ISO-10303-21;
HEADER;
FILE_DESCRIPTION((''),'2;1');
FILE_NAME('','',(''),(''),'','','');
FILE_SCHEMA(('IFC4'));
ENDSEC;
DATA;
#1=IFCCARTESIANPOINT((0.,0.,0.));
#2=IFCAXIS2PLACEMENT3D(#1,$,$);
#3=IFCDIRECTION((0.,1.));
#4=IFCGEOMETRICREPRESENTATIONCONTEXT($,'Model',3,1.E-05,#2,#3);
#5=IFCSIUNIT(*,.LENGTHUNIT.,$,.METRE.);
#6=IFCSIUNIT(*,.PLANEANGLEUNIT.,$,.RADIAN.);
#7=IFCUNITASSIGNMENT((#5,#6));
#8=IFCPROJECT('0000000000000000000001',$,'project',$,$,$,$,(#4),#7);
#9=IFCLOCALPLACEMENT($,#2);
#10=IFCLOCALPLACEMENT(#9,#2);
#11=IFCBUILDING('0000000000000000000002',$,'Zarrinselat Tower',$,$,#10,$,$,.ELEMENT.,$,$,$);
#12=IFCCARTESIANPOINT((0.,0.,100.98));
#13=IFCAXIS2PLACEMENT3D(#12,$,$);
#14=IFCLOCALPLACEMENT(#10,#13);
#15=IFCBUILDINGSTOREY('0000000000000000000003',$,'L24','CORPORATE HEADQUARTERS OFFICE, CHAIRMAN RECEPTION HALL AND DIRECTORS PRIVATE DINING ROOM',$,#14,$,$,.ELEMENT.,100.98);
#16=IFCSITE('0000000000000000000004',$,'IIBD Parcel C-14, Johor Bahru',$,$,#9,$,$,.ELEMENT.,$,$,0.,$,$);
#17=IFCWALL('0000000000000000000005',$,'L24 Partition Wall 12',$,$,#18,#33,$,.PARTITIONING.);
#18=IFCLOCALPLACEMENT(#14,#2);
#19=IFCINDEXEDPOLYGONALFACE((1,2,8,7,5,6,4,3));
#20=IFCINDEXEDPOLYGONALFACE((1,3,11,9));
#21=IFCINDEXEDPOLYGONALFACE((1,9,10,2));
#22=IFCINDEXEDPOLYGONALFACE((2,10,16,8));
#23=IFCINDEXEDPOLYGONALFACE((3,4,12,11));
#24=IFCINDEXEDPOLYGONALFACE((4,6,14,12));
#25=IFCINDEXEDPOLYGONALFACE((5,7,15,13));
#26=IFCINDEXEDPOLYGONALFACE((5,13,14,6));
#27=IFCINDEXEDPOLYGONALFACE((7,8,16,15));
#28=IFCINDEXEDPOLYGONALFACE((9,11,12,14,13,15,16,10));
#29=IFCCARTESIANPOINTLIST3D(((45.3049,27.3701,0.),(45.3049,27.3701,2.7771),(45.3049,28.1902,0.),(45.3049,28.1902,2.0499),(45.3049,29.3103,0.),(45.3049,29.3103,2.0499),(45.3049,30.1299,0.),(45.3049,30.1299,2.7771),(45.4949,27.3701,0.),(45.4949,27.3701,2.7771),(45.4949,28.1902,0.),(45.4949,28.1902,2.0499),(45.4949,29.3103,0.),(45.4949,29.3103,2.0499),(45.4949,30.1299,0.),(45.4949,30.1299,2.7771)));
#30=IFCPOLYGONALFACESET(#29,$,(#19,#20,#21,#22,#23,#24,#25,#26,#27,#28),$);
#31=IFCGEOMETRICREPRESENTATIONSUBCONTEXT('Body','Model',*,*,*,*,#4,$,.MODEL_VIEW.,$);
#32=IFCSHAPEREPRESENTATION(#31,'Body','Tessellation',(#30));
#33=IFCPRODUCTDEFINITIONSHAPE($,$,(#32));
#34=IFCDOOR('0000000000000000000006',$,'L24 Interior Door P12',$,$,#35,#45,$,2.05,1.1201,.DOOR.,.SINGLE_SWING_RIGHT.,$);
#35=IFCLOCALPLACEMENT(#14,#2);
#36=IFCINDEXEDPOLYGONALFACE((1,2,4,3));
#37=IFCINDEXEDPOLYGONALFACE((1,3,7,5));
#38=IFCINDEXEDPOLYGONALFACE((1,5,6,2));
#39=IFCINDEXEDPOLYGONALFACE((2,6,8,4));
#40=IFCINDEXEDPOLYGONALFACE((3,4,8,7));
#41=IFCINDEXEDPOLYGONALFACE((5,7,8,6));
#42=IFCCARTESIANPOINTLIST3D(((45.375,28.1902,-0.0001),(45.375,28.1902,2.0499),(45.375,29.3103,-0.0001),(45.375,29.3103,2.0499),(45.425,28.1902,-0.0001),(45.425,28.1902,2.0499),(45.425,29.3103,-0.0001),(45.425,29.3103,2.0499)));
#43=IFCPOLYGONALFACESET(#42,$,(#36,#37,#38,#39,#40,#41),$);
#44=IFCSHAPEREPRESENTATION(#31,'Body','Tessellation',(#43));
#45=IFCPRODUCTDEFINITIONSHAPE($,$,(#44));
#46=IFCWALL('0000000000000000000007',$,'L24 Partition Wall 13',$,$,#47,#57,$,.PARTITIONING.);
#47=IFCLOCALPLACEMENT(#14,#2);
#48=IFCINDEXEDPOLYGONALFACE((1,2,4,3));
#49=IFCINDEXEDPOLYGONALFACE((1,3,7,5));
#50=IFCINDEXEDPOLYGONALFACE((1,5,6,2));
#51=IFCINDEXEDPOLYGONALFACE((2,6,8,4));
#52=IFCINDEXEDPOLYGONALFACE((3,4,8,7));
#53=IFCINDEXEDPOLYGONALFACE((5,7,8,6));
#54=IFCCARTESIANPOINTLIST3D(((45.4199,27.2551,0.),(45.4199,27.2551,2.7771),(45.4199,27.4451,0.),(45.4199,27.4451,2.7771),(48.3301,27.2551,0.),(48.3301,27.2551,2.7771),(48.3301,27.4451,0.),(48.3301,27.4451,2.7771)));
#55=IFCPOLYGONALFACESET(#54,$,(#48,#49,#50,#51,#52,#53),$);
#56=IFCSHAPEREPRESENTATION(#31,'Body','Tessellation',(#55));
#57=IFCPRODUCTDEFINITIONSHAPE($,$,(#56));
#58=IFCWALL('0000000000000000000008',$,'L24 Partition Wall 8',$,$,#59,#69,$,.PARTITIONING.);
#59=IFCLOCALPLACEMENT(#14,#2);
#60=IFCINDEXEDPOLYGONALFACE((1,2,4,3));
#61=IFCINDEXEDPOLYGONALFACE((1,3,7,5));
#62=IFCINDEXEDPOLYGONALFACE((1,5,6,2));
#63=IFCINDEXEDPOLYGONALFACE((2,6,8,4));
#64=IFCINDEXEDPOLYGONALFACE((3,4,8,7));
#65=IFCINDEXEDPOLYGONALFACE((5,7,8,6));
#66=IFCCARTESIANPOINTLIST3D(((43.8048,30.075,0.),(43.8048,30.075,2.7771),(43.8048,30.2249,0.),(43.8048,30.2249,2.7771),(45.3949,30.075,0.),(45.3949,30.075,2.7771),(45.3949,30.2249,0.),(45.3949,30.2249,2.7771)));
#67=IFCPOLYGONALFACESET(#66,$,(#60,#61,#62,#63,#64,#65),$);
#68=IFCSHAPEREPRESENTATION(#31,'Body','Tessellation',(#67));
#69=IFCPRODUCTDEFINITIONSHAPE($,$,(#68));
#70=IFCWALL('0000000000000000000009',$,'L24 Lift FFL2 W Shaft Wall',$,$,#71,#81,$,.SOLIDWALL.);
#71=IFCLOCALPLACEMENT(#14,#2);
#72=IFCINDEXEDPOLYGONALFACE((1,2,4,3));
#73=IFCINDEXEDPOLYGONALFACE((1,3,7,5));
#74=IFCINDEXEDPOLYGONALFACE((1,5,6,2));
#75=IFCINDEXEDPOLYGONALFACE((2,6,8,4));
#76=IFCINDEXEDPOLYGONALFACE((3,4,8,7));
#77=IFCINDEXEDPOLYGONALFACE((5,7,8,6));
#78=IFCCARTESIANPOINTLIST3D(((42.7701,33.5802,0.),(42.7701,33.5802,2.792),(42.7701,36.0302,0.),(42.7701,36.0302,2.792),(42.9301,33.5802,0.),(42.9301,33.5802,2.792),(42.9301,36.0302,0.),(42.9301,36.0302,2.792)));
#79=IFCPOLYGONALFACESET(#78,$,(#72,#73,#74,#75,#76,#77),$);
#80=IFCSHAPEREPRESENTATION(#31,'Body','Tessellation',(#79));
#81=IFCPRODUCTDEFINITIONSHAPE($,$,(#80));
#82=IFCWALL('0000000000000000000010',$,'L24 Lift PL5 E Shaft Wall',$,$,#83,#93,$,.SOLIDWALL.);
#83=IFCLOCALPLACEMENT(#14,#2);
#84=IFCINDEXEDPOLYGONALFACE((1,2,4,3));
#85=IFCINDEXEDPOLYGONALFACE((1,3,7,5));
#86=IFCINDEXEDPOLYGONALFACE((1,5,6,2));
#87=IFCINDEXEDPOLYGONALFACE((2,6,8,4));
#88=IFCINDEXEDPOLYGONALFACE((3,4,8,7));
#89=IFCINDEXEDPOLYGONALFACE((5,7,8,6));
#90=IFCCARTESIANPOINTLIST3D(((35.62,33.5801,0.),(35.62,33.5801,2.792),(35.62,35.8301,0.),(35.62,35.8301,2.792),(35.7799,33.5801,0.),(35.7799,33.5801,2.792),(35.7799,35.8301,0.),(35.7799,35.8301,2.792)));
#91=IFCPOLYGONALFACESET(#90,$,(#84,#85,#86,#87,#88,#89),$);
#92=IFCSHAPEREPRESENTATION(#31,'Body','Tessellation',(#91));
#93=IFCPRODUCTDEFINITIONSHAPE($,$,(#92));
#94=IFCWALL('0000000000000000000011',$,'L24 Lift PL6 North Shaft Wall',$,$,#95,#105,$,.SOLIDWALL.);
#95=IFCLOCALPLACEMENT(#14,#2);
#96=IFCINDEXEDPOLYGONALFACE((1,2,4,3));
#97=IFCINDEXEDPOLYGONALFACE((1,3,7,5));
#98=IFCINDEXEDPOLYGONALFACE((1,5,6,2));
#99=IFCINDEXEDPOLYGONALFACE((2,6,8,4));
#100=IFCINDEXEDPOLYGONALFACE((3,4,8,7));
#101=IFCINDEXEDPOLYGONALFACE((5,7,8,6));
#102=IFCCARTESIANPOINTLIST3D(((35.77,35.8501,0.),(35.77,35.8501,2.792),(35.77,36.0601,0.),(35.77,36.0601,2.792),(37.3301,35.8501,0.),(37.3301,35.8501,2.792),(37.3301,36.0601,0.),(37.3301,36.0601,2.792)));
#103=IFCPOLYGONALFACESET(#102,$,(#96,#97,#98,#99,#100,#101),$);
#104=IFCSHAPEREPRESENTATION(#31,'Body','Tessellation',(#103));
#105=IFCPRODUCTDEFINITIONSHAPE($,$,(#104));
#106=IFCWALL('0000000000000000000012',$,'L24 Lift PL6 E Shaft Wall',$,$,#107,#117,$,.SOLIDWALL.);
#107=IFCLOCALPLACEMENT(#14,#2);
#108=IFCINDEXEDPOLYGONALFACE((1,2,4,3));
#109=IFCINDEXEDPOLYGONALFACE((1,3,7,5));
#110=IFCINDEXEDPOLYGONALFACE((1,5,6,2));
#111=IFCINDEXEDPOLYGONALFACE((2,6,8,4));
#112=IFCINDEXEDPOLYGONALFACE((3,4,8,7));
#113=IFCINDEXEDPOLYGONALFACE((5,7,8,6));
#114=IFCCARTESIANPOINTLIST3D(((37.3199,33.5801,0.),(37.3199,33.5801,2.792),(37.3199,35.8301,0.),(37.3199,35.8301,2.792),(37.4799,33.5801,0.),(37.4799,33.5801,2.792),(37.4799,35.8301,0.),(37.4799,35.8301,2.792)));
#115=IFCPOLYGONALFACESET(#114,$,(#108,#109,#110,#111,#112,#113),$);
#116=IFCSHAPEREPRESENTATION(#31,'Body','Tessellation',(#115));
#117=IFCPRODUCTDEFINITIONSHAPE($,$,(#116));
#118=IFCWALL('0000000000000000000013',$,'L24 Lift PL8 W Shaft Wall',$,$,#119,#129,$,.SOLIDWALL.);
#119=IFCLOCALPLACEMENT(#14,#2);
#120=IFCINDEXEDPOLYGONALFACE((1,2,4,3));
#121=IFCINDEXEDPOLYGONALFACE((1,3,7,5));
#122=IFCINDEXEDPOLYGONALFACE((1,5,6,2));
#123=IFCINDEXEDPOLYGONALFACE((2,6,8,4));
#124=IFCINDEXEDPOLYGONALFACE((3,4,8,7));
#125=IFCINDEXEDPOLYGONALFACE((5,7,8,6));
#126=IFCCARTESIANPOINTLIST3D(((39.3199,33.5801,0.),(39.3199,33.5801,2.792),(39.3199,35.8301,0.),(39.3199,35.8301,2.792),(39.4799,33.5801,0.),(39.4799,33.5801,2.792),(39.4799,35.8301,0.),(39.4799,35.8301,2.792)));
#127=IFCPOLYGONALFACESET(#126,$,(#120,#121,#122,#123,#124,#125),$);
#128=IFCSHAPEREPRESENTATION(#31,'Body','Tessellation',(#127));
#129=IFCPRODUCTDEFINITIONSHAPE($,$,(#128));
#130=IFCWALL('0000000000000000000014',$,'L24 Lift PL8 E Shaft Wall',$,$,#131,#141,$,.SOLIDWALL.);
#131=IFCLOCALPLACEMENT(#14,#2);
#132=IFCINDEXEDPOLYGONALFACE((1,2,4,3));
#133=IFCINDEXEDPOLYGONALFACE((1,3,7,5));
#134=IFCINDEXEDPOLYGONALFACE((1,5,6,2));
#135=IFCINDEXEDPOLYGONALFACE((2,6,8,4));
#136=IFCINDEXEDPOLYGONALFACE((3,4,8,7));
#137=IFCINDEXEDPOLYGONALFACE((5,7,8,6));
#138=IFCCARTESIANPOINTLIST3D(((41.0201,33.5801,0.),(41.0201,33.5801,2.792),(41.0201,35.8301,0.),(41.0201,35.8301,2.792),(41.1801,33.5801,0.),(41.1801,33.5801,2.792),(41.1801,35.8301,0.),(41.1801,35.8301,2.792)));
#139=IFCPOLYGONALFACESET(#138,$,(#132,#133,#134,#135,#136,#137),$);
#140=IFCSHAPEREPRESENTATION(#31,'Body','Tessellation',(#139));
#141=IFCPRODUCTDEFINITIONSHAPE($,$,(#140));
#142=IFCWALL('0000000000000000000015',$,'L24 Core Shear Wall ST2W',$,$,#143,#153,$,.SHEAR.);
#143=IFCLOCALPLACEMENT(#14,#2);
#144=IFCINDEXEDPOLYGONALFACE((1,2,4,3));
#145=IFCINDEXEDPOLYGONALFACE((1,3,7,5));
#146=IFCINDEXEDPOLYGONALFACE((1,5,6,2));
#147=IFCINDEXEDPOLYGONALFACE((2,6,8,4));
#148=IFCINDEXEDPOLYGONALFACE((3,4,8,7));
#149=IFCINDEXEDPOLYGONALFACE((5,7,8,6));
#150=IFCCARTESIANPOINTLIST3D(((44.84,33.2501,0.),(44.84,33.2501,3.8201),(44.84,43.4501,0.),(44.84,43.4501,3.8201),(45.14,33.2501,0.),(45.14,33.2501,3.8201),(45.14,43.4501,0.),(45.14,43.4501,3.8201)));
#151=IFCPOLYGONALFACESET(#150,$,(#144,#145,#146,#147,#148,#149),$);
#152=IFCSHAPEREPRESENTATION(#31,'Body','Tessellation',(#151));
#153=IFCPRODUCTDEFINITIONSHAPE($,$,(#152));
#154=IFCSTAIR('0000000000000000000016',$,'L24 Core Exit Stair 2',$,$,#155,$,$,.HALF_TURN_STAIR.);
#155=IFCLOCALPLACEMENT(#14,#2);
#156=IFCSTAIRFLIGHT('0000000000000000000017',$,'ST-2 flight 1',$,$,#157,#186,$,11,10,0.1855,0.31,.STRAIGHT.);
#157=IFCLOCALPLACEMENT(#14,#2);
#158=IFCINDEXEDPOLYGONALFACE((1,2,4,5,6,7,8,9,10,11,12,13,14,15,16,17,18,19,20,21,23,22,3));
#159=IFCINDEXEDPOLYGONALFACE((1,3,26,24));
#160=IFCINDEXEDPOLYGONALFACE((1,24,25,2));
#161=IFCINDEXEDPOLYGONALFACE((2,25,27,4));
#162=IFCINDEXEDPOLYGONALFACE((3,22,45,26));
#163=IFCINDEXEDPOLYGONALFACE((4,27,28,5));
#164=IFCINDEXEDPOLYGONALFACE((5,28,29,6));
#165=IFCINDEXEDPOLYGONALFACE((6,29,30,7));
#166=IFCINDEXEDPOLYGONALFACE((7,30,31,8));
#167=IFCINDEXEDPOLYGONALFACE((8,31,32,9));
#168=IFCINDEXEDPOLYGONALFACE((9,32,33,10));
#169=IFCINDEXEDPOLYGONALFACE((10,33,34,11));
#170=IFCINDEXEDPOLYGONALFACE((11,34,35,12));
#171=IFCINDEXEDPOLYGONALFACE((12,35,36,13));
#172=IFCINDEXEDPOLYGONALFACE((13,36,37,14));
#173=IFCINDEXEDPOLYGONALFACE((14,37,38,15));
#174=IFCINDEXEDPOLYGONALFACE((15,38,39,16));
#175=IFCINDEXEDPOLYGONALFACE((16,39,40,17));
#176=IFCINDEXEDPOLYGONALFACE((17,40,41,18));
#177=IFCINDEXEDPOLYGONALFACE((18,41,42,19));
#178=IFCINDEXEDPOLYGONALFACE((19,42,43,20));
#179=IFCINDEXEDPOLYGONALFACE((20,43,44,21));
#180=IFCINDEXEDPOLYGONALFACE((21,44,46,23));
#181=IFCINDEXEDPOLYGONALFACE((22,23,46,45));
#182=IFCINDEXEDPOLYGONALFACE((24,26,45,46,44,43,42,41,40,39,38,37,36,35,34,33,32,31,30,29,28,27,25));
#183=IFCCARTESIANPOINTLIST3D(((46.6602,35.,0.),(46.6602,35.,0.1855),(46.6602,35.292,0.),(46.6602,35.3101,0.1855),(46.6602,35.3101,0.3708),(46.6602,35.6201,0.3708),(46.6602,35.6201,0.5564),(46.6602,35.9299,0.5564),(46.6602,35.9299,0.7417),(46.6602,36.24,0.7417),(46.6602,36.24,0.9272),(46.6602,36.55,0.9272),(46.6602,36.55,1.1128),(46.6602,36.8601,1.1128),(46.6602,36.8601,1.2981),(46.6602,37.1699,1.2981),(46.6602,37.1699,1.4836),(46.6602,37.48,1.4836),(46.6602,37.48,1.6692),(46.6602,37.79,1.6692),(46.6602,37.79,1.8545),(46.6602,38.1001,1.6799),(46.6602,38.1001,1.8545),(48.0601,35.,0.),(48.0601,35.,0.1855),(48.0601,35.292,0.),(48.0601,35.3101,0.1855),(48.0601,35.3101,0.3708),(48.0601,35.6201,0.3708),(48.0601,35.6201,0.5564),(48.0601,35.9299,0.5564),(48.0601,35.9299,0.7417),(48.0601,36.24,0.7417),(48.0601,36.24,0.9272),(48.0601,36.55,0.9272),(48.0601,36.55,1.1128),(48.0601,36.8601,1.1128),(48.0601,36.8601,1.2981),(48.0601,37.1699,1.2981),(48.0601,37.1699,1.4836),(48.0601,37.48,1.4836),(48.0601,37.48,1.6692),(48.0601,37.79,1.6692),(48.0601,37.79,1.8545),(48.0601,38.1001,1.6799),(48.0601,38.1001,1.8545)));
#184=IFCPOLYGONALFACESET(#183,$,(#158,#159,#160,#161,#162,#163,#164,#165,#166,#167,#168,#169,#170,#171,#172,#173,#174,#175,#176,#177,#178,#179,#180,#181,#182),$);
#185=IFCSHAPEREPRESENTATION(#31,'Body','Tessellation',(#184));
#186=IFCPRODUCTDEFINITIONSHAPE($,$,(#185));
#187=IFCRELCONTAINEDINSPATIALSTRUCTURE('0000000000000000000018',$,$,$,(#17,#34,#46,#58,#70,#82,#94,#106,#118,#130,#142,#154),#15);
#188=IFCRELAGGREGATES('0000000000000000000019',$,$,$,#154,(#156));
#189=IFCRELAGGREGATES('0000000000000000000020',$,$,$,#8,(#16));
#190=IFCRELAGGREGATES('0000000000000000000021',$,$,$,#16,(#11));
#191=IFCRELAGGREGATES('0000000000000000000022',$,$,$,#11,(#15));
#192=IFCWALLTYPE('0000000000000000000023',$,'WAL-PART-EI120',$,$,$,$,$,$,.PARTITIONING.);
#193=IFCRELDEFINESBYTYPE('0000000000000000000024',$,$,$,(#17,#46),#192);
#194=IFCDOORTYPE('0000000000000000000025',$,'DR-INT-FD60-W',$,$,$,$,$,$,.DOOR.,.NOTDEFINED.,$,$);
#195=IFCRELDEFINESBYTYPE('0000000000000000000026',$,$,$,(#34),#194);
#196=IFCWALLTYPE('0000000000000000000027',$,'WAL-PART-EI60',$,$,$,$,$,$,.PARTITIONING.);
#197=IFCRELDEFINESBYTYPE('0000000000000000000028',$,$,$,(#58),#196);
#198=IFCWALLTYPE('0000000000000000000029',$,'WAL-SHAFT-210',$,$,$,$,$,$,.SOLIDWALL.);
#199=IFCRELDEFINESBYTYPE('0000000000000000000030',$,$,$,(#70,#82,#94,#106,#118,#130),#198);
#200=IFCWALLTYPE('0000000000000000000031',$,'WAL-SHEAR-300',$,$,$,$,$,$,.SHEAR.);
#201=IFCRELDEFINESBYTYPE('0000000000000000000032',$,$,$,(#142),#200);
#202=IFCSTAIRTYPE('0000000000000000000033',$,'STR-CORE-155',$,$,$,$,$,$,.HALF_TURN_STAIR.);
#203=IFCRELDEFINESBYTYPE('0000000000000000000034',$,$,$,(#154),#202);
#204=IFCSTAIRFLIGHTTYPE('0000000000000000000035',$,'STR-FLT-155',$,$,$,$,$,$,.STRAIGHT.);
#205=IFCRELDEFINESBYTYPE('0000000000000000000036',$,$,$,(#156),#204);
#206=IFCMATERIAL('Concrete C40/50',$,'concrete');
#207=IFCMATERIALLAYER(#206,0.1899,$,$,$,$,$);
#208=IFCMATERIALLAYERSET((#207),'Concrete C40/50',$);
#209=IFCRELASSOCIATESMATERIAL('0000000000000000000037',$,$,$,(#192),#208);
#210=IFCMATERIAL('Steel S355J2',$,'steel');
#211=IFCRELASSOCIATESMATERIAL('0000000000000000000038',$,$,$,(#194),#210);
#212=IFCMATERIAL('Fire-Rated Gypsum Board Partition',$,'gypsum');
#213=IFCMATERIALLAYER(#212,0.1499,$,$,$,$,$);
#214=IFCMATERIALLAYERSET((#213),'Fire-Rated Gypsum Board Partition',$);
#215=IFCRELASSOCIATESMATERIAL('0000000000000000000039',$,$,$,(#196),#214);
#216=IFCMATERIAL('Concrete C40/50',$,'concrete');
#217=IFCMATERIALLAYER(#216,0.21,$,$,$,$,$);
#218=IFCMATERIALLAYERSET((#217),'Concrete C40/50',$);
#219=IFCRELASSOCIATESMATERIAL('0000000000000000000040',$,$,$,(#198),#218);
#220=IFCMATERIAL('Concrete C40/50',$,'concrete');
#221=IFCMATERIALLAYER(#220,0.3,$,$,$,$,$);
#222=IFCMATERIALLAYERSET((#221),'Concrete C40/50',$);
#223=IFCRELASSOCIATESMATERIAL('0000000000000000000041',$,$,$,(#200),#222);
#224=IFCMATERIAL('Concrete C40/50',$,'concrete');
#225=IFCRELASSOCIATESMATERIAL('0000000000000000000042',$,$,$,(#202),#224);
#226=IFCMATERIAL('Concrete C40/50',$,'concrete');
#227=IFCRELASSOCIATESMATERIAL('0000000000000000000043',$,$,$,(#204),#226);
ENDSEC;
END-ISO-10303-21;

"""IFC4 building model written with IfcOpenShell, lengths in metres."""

from ifc_helpers import new_model, si_unit, direction, frame, frame_2d, origin, place, context, subcontext, project, spatial, polyline, rectangle, outline, extrude, material, layer, layer_set, type_object, element, fill, aggregate, save


model = new_model("IFC4")

# Units and contexts
model_context = context("Model", 3, precision=1e-05, world=origin(), true_north=direction((0.0, 1.0)))
body_context = subcontext(model_context, "Body", "Model", "MODEL_VIEW")
ifc_project = project(units=[si_unit("LENGTHUNIT", "METRE"), si_unit("PLANEANGLEUNIT", "RADIAN")], contexts=[model_context])

# Site, building, storey
site_placement = place(None, origin())
site = spatial("IfcSite", under=ifc_project, at=site_placement, Name="IIBD Parcel C-14, Johor Bahru", CompositionType="ELEMENT", RefElevation=0.0)
building_placement = place(site_placement, origin())
building = spatial("IfcBuilding", under=site, at=building_placement, Name="Zarrinselat Tower", CompositionType="ELEMENT")
storey_placement = place(building_placement, frame((0.0, 0.0, 100.98)))
storey = spatial("IfcBuildingStorey", under=building, at=storey_placement, Name="L24", Description="CORPORATE HEADQUARTERS OFFICE, CHAIRMAN RECEPTION HALL AND DIRECTORS PRIVATE DINING ROOM", CompositionType="ELEMENT", Elevation=100.98)

# Wall, opening, door
ifc_material_1 = material(Name="Concrete C40/50", Category="concrete")
ifc_layer_1 = layer(ifc_material_1, 0.1899)
ifc_layer_set_1 = layer_set([ifc_layer_1], Name="Concrete C40/50")
wall_type_1 = type_object("IfcWallType", Name="WAL-PART-EI120", PredefinedType="PARTITIONING", material=ifc_layer_set_1)
ifc_material_2 = material(Name="Steel S355J2", Category="steel")
door_type = type_object("IfcDoorType", Name="DR-INT-FD60-W", OperationType="NOTDEFINED", PredefinedType="DOOR", material=ifc_material_2)
wall_1_placement = place(storey_placement, frame((45.3999, 27.3701, 0.0), z_axis=(0.0, 0.0, 1.0), x_axis=(0.0, 1.0, 0.0)))
wall_1 = element("IfcWall", 1, at=wall_1_placement, inside=storey, type_object=wall_type_1, Name="L24 Partition Wall 12", PredefinedType="PARTITIONING", context=body_context, shape_type="SweptSolid", body=[
    extrude(rectangle(XDim=2.7598, YDim=0.1899, at=frame_2d((1.3799, 0.0))), origin(), (0.0, 0.0, 1.0), 2.7771),
])
opening_1_placement = place(wall_1_placement, frame((0.8201, 0.0, 0.0)))
opening_1 = element("IfcOpeningElement", 2, at=opening_1_placement, cuts=wall_1, PredefinedType="OPENING", context=body_context, shape_type="SweptSolid", body=[
    extrude(rectangle(XDim=1.1201, YDim=2.05, at=frame_2d((0.5601, 1.0249))), frame((0.0, 0.105, 0.0), z_axis=(0.0, -1.0, 0.0), x_axis=(1.0, 0.0, 0.0)), (0.0, 0.0, 1.0), 0.21),
])
door_1_placement = place(opening_1_placement, origin())
door_1 = element("IfcDoor", 3, at=door_1_placement, inside=storey, type_object=door_type, Name="L24 Interior Door P12", OperationType="SINGLE_SWING_RIGHT", OverallHeight=2.05, OverallWidth=1.1201, PredefinedType="DOOR", context=body_context, shape_type="SweptSolid", body=[
    extrude(rectangle(XDim=1.1201, YDim=2.05, at=frame_2d((0.5601, 1.0249))), frame((0.0, 0.0249, 0.0), z_axis=(0.0, -1.0, 0.0), x_axis=(1.0, 0.0, 0.0)), (0.0, 0.0, 1.0), 0.05),
])
fill(opening_1, door_1)

# Walls
wall_2_placement = place(storey_placement, frame((45.4199, 27.3501, 0.0), z_axis=(0.0, 0.0, 1.0), x_axis=(1.0, 0.0, 0.0)))
element("IfcWall", 4, at=wall_2_placement, inside=storey, type_object=wall_type_1, Name="L24 Partition Wall 13", PredefinedType="PARTITIONING", context=body_context, shape_type="SweptSolid", body=[
    extrude(rectangle(XDim=2.9102, YDim=0.1899, at=frame_2d((1.4551, 0.0))), origin(), (0.0, 0.0, 1.0), 2.7771),
])
ifc_material_3 = material(Name="Fire-Rated Gypsum Board Partition", Category="gypsum")
ifc_layer_2 = layer(ifc_material_3, 0.1499)
ifc_layer_set_2 = layer_set([ifc_layer_2], Name="Fire-Rated Gypsum Board Partition")
wall_type_2 = type_object("IfcWallType", Name="WAL-PART-EI60", PredefinedType="PARTITIONING", material=ifc_layer_set_2)
wall_3_placement = place(storey_placement, frame((43.8049, 30.1499, 0.0), z_axis=(0.0, 0.0, 1.0), x_axis=(1.0, 0.0, 0.0)))
element("IfcWall", 5, at=wall_3_placement, inside=storey, type_object=wall_type_2, Name="L24 Partition Wall 8", PredefinedType="PARTITIONING", context=body_context, shape_type="SweptSolid", body=[
    extrude(rectangle(XDim=1.5901, YDim=0.1499, at=frame_2d((0.7949, 0.0))), origin(), (0.0, 0.0, 1.0), 2.7771),
])
ifc_material_4 = material(Name="Concrete C40/50", Category="concrete")
ifc_layer_3 = layer(ifc_material_4, 0.21)
ifc_layer_set_3 = layer_set([ifc_layer_3], Name="Concrete C40/50")
wall_type_3 = type_object("IfcWallType", Name="WAL-SHAFT-210", PredefinedType="SOLIDWALL", material=ifc_layer_set_3)
wall_4_placement = place(storey_placement, frame((42.8501, 33.5801, 0.0), z_axis=(0.0, 0.0, 1.0), x_axis=(0.0, 1.0, 0.0)))
element("IfcWall", 6, at=wall_4_placement, inside=storey, type_object=wall_type_3, Name="L24 Lift FFL2 W Shaft Wall", PredefinedType="SOLIDWALL", context=body_context, shape_type="SweptSolid", body=[
    extrude(rectangle(XDim=2.45, YDim=0.1599, at=frame_2d((1.2251, 0.0))), origin(), (0.0, 0.0, 1.0), 2.792),
])
wall_5_placement = place(storey_placement, frame((35.7, 33.5801, 0.0), z_axis=(0.0, 0.0, 1.0), x_axis=(0.0, 1.0, 0.0)))
element("IfcWall", 7, at=wall_5_placement, inside=storey, type_object=wall_type_3, Name="L24 Lift PL5 E Shaft Wall", PredefinedType="SOLIDWALL", context=body_context, shape_type="SweptSolid", body=[
    extrude(rectangle(XDim=2.25, YDim=0.1599, at=frame_2d((1.125, 0.0))), origin(), (0.0, 0.0, 1.0), 2.792),
])
wall_6_placement = place(storey_placement, frame((35.77, 35.9551, 0.0), z_axis=(0.0, 0.0, 1.0), x_axis=(1.0, 0.0, 0.0)))
element("IfcWall", 8, at=wall_6_placement, inside=storey, type_object=wall_type_3, Name="L24 Lift PL6 North Shaft Wall", PredefinedType="SOLIDWALL", context=body_context, shape_type="SweptSolid", body=[
    extrude(rectangle(XDim=1.5601, YDim=0.21, at=frame_2d((0.78, 0.0))), origin(), (0.0, 0.0, 1.0), 2.792),
])
for number, where, z_axis, x_axis, name in (
    (9, (37.3999, 33.5801, 0.0), (0.0, 0.0, 1.0), (0.0, 1.0, 0.0), "L24 Lift PL6 E Shaft Wall"),
    (10, (39.3999, 33.5801, 0.0), (0.0, 0.0, 1.0), (0.0, 1.0, 0.0), "L24 Lift PL8 W Shaft Wall"),
    (11, (41.1001, 33.5801, 0.0), (0.0, 0.0, 1.0), (0.0, 1.0, 0.0), "L24 Lift PL8 E Shaft Wall"),
):
    element("IfcWall", number, at=place(storey_placement, frame(where, z_axis=z_axis, x_axis=x_axis)), inside=storey, type_object=wall_type_3, Name=name, PredefinedType="SOLIDWALL", context=body_context, shape_type="SweptSolid", body=[
        extrude(rectangle(XDim=2.25, YDim=0.1599, at=frame_2d((1.125, 0.0))), origin(), (0.0, 0.0, 1.0), 2.792),
    ])
ifc_material_5 = material(Name="Concrete C40/50", Category="concrete")
ifc_layer_4 = layer(ifc_material_5, 0.3)
ifc_layer_set_4 = layer_set([ifc_layer_4], Name="Concrete C40/50")
wall_type_4 = type_object("IfcWallType", Name="WAL-SHEAR-300", PredefinedType="SHEAR", material=ifc_layer_set_4)
wall_7_placement = place(storey_placement, frame((44.99, 33.25, 0.0), z_axis=(0.0, 0.0, 1.0), x_axis=(0.0, 1.0, 0.0)))
element("IfcWall", 12, at=wall_7_placement, inside=storey, type_object=wall_type_4, Name="L24 Core Shear Wall ST2W", PredefinedType="SHEAR", context=body_context, shape_type="SweptSolid", body=[
    extrude(rectangle(XDim=10.2, YDim=0.3, at=frame_2d((5.1001, 0.0))), origin(), (0.0, 0.0, 1.0), 3.8201),
])

# Stair, stair flight
ifc_material_6 = material(Name="Concrete C40/50", Category="concrete")
stair_type = type_object("IfcStairType", Name="STR-CORE-155", PredefinedType="HALF_TURN_STAIR", material=ifc_material_6)
stair_placement = place(storey_placement, origin())
stair = element("IfcStair", 13, at=stair_placement, inside=storey, type_object=stair_type, Name="L24 Core Exit Stair 2", PredefinedType="HALF_TURN_STAIR")
ifc_material_7 = material(Name="Concrete C40/50", Category="concrete")
stair_flight_type = type_object("IfcStairFlightType", Name="STR-FLT-155", PredefinedType="STRAIGHT", material=ifc_material_7)
stair_flight_placement = place(storey_placement, frame((47.3601, 35.0, 0.0), z_axis=(0.0, 0.0, 1.0), x_axis=(0.0, 1.0, 0.0)))
stair_flight = element("IfcStairFlight", 14, at=stair_flight_placement, type_object=stair_flight_type, Name="ST-2 flight 1", NumberOfRisers=11, NumberOfTreads=10, PredefinedType="STRAIGHT", RiserHeight=0.1855, TreadLength=0.31, context=body_context, shape_type="SweptSolid", body=[
    extrude(outline(polyline([(0.0, 0.0), (0.0, 0.1855), (0.3101, 0.1855), (0.3101, 0.3708), (0.6201, 0.3708), (0.6201, 0.5564), (0.9299, 0.5564), (0.9299, 0.7417), (1.24, 0.7417), (1.24, 0.9272), (1.55, 0.9272), (1.55, 1.1128), (1.8601, 1.1128), (1.8601, 1.2981), (2.1699, 1.2981), (2.1699, 1.4836), (2.48, 1.4836), (2.48, 1.6692), (2.79, 1.6692), (2.79, 1.8545), (3.1001, 1.8545), (3.1001, 2.04), (3.1001, 1.6799), (0.292, 0.0), (0.0, 0.0)])), frame((0.0, 0.7, 0.0), z_axis=(0.0, -1.0, 0.0), x_axis=(1.0, 0.0, 0.0)), (0.0, 0.0, 1.0), 1.3999),
])
aggregate(stair, [stair_flight])

save(model, "model.ifc")
